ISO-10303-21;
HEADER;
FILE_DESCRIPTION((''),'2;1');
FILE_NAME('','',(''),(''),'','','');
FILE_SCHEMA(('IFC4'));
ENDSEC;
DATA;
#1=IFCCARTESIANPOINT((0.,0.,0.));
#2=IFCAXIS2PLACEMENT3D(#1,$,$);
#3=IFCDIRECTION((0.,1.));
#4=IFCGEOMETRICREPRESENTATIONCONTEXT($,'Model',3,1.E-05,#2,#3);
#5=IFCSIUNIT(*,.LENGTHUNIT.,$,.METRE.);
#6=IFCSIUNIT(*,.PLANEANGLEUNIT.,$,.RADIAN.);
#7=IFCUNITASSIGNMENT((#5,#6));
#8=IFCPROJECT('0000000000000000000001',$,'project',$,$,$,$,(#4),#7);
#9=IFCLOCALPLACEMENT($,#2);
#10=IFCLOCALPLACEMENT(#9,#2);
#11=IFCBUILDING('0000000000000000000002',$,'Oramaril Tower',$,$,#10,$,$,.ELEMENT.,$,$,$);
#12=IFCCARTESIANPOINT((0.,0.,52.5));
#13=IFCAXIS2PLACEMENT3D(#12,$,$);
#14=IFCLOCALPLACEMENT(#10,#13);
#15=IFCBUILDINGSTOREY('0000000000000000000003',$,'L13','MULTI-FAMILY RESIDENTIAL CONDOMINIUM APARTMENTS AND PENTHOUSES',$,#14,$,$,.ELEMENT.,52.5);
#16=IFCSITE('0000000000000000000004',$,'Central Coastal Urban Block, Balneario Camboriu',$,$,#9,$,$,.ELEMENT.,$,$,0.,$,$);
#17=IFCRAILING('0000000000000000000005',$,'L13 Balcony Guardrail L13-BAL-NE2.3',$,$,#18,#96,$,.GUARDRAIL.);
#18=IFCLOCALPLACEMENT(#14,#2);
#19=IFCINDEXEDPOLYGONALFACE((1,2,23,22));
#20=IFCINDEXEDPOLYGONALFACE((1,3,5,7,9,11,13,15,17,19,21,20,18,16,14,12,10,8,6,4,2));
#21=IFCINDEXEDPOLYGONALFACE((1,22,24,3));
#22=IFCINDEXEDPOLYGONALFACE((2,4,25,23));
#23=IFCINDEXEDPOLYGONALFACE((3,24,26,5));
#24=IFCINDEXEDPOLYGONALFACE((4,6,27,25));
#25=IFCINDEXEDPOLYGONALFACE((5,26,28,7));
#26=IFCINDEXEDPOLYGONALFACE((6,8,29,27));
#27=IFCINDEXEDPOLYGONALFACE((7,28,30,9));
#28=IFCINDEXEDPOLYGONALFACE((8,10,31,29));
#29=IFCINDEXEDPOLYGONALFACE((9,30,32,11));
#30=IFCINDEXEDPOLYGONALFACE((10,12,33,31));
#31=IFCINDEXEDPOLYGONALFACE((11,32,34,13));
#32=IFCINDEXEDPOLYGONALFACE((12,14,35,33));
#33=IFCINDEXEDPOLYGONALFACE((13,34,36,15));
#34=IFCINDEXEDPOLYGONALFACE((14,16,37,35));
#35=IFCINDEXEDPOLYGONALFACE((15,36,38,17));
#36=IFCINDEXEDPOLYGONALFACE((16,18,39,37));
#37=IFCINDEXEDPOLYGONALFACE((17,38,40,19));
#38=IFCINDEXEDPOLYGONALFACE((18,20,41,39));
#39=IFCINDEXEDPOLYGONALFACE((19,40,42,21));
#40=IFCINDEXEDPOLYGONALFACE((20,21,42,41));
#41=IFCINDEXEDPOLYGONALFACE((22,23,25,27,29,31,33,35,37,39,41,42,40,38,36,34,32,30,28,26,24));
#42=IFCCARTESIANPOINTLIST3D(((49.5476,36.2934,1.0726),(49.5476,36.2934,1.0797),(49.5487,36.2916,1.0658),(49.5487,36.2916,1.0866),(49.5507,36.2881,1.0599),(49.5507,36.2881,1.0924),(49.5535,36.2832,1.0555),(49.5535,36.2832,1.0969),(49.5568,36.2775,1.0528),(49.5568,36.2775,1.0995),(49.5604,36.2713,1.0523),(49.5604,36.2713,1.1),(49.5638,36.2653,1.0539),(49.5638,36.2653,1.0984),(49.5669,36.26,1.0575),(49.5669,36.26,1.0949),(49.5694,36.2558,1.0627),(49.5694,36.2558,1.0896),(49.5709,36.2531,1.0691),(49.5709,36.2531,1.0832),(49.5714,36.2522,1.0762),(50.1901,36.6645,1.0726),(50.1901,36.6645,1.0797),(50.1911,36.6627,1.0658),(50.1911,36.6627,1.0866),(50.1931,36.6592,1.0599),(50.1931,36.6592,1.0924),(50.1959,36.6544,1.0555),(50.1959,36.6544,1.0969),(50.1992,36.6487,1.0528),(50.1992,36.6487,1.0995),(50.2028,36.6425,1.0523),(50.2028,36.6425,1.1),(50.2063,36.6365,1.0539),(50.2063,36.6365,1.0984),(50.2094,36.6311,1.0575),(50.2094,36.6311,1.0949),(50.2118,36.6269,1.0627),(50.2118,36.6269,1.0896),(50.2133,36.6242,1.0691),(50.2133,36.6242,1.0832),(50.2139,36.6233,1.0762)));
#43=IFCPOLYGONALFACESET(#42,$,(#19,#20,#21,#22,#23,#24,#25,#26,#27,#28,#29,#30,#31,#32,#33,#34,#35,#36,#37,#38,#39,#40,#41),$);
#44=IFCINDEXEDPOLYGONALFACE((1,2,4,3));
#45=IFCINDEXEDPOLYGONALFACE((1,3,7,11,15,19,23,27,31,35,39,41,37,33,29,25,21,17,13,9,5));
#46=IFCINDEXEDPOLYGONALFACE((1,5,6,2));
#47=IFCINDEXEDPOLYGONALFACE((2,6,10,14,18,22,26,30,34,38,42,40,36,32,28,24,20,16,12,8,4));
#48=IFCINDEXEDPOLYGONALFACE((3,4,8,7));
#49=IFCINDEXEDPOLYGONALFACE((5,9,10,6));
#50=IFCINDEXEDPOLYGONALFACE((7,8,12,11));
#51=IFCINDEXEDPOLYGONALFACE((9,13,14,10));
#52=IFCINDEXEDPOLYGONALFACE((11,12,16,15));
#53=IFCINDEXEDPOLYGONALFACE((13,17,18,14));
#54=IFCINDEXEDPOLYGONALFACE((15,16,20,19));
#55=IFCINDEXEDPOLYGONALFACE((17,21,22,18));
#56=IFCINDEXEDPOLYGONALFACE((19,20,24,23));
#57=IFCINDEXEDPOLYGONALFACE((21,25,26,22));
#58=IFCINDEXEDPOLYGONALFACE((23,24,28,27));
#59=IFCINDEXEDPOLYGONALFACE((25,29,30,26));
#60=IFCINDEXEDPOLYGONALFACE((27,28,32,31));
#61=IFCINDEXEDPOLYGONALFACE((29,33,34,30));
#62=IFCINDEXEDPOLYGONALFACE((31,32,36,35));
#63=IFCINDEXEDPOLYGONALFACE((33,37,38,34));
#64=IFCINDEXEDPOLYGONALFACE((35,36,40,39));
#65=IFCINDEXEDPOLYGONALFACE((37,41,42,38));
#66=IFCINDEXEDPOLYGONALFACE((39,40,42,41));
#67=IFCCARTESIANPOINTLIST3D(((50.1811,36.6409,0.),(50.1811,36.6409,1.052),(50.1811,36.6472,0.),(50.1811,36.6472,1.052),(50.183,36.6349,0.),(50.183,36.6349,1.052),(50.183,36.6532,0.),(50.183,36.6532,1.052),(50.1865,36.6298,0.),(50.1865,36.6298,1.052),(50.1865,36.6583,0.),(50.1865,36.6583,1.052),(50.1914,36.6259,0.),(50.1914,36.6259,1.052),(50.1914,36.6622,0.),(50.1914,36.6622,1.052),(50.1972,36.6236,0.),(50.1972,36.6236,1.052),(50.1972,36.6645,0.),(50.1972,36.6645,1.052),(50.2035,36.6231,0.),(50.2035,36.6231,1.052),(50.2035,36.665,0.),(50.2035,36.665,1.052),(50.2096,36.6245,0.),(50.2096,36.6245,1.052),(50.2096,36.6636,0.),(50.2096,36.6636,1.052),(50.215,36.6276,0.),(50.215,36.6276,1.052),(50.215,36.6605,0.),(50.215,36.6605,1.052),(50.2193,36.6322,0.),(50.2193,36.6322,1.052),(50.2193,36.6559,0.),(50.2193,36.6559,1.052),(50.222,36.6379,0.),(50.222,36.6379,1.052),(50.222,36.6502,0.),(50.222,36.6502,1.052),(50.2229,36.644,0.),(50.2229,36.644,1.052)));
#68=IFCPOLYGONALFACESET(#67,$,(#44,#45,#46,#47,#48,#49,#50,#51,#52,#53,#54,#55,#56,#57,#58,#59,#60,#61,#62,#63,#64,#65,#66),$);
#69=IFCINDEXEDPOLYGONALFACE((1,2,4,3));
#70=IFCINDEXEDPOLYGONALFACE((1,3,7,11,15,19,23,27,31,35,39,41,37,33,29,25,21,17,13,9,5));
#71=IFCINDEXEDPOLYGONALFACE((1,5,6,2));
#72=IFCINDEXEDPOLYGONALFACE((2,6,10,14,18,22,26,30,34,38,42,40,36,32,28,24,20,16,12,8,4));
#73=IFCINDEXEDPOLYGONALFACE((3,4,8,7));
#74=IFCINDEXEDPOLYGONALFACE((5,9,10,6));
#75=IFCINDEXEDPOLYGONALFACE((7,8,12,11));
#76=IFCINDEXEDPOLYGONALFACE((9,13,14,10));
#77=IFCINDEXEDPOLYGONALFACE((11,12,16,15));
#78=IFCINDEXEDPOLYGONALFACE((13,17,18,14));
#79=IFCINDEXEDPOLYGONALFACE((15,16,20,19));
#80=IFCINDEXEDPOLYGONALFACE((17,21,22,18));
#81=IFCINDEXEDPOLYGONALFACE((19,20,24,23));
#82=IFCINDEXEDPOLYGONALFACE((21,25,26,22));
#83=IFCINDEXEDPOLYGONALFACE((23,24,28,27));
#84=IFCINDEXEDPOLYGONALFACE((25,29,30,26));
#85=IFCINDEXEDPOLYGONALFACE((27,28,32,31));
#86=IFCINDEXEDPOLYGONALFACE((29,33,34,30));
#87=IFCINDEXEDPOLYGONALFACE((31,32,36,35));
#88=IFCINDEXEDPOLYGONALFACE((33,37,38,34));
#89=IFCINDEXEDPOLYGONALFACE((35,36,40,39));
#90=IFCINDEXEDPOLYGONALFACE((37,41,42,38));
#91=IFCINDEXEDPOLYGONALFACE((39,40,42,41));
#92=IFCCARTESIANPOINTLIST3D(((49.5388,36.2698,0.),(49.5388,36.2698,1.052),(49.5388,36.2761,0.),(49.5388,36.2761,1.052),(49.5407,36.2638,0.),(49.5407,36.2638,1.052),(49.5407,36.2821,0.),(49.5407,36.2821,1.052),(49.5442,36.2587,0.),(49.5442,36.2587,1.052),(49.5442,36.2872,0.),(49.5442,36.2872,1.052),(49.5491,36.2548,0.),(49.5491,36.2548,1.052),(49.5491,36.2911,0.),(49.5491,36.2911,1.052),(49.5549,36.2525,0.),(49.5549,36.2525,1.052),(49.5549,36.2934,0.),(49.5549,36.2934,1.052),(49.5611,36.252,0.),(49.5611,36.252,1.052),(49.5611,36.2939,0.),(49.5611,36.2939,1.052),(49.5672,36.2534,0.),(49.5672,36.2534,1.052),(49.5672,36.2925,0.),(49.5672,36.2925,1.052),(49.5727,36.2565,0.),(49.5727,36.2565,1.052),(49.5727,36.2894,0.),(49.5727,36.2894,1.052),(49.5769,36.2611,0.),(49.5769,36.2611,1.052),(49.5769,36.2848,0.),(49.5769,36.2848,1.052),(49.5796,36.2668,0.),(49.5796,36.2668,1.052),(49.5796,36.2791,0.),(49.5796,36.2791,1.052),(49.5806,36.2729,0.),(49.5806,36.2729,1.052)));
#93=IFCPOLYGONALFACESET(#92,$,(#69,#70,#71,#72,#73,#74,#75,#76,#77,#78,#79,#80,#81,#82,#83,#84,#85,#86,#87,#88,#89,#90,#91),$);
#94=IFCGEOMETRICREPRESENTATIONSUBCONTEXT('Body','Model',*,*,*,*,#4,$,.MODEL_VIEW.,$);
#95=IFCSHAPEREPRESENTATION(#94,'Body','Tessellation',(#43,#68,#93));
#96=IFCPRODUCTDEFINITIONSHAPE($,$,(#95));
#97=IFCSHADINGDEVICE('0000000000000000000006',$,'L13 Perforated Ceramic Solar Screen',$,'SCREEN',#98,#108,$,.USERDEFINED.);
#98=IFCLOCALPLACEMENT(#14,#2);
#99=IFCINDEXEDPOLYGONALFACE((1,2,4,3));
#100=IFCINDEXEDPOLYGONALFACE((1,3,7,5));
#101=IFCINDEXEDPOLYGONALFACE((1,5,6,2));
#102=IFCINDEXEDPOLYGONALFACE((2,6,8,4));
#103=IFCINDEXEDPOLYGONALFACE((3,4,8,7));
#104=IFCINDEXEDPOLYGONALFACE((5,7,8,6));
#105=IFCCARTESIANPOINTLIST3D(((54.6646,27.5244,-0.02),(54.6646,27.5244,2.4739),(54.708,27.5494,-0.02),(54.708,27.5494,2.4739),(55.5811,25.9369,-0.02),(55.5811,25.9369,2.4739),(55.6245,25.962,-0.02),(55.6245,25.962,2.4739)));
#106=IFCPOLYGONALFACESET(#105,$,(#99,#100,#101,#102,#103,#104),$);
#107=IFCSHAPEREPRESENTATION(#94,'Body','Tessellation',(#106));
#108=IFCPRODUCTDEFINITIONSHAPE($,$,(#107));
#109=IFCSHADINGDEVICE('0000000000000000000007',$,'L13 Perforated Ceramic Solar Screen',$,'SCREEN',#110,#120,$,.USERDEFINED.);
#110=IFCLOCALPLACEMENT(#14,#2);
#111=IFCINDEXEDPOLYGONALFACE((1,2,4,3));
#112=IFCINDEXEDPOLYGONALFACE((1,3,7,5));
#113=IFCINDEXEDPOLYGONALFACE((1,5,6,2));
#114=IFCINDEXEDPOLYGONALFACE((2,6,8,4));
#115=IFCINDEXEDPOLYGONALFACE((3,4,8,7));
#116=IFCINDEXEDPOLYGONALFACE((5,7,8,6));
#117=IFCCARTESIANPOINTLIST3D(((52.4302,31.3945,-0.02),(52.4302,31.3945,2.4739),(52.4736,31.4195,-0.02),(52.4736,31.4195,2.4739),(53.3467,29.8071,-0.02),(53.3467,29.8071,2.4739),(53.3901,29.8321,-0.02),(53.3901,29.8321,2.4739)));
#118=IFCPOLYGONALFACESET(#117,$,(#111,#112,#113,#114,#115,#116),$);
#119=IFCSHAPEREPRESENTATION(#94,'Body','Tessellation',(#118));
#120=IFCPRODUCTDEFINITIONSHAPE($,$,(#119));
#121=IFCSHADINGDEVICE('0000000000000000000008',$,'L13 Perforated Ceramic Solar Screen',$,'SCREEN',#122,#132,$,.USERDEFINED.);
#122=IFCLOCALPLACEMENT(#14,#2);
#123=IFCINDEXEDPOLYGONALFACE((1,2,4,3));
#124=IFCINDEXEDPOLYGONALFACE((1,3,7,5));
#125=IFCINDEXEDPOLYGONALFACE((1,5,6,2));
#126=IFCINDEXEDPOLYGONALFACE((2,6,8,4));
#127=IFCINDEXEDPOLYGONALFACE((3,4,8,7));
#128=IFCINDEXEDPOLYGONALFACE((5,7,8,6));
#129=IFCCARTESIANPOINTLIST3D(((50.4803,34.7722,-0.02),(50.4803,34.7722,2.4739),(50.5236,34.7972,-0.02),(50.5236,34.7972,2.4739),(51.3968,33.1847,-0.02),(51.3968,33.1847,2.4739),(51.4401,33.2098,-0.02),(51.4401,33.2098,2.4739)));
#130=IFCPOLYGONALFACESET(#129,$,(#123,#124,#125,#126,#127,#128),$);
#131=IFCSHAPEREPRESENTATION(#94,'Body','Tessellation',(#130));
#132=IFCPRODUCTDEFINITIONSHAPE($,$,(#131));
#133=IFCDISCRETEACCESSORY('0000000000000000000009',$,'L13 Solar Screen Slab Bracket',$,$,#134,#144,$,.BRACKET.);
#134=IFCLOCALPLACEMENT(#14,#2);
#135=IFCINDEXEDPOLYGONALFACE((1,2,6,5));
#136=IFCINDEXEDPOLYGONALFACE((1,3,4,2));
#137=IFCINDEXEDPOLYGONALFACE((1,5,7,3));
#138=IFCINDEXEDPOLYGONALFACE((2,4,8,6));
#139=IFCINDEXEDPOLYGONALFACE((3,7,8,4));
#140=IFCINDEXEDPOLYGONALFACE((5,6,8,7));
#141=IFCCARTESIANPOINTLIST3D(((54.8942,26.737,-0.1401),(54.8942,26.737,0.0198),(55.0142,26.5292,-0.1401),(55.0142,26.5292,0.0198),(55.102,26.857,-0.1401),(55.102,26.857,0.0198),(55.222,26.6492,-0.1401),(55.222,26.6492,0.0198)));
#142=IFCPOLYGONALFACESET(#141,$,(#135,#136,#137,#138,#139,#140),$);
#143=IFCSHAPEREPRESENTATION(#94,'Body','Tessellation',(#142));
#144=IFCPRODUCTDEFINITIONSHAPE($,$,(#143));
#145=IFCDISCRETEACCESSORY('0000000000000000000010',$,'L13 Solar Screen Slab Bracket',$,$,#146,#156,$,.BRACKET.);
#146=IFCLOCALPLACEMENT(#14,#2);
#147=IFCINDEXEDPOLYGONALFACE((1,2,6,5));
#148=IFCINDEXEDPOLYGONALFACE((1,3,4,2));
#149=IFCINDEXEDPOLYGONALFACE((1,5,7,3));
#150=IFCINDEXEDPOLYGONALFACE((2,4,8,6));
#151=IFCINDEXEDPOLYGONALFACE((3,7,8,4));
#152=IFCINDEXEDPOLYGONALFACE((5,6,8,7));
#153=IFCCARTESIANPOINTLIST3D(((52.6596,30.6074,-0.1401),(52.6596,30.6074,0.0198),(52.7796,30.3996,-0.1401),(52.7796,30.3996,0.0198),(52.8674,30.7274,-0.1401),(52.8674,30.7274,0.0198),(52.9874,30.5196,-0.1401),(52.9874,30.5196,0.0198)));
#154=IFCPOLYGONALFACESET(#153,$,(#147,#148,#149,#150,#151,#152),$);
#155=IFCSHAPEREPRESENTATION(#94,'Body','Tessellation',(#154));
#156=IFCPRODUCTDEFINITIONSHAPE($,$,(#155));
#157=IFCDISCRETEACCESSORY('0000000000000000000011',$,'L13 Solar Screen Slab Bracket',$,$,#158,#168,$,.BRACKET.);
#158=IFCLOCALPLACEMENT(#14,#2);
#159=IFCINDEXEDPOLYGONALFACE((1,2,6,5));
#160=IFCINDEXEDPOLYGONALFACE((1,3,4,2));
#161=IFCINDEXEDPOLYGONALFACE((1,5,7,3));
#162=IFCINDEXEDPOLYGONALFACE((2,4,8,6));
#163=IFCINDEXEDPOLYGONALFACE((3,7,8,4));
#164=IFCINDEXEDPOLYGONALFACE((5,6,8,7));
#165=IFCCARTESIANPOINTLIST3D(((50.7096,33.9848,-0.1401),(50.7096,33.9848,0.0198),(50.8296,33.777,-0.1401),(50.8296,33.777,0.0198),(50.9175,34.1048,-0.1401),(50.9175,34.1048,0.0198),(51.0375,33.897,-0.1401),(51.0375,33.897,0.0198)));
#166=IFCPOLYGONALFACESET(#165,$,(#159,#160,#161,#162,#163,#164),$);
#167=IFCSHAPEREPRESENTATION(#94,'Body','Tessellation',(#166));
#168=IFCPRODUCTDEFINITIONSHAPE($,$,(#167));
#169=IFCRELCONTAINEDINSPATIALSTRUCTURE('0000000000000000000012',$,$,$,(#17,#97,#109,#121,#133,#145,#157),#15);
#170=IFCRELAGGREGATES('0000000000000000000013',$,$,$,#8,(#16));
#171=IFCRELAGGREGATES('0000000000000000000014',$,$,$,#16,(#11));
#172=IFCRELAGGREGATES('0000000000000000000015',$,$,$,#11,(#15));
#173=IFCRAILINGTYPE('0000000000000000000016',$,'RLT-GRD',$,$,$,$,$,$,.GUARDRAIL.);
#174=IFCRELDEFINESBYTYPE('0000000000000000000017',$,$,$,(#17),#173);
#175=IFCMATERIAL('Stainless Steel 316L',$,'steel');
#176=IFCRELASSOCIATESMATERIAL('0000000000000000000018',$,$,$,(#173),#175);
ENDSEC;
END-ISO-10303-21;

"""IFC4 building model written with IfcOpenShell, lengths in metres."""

from ifc_helpers import new_model, si_unit, direction, frame, origin, origin_2d, place, context, subcontext, project, spatial, rectangle, circle, extrude, material, type_object, element, save


model = new_model("IFC4")

# Units and contexts
model_context = context("Model", 3, precision=1e-05, world=origin(), true_north=direction((0.0, 1.0)))
body_context = subcontext(model_context, "Body", "Model", "MODEL_VIEW")
ifc_project = project(units=[si_unit("LENGTHUNIT", "METRE"), si_unit("PLANEANGLEUNIT", "RADIAN")], contexts=[model_context])

# Site, building, storey
site_placement = place(None, origin())
site = spatial("IfcSite", under=ifc_project, at=site_placement, Name="Central Coastal Urban Block, Balneario Camboriu", CompositionType="ELEMENT", RefElevation=0.0)
building_placement = place(site_placement, origin())
building = spatial("IfcBuilding", under=site, at=building_placement, Name="Oramaril Tower", CompositionType="ELEMENT")
storey_placement = place(building_placement, frame((0.0, 0.0, 52.5)))
storey = spatial("IfcBuildingStorey", under=building, at=storey_placement, Name="L13", Description="MULTI-FAMILY RESIDENTIAL CONDOMINIUM APARTMENTS AND PENTHOUSES", CompositionType="ELEMENT", Elevation=52.5)

# Railing
ifc_material_1 = material(Name="Stainless Steel 316L", Category="steel")
railing_type = type_object("IfcRailingType", Name="RLT-GRD", PredefinedType="GUARDRAIL", material=ifc_material_1)
railing_1_placement = place(storey_placement, frame((50.2019, 36.644, 0.0)))
element("IfcRailing", 1, at=railing_1_placement, inside=storey, type_object=railing_type, Name="L13 Balcony Guardrail L13-BAL-NE2.3", PredefinedType="GUARDRAIL", context=body_context, shape_type="SweptSolid", body=[
    extrude(circle(Radius=0.0239, at=origin_2d()), frame((0.0, 0.0, 1.0762), z_axis=(-0.865884, -0.500245, 0.0), x_axis=(0.500245, -0.865884, 0.0)), (0.0, 0.0, 1.0), 0.7419),
    extrude(circle(Radius=0.021, at=origin_2d()), origin(), (0.0, 0.0, 1.0), 1.052),
    extrude(circle(Radius=0.021, at=origin_2d()), frame((-0.6423, -0.3711, 0.0)), (0.0, 0.0, 1.0), 1.052),
])

# Shading devices
for number, where, z_axis, x_axis, name in (
    (2, (55.1445, 26.7432, -0.02), (0.0, 0.0, 1.0), (-0.5, 0.866025, 0.0), "L13 Perforated Ceramic Solar Screen"),
    (3, (52.9102, 30.6133, -0.02), (0.0, 0.0, 1.0), (-0.5, 0.866025, 0.0), "L13 Perforated Ceramic Solar Screen"),
    (4, (50.9602, 33.991, -0.02), (0.0, 0.0, 1.0), (-0.5, 0.866025, 0.0), "L13 Perforated Ceramic Solar Screen"),
):
    element("IfcShadingDevice", number, at=place(storey_placement, frame(where, z_axis=z_axis, x_axis=x_axis)), inside=storey, Name=name, ObjectType="SCREEN", PredefinedType="USERDEFINED", context=body_context, shape_type="SweptSolid", body=[
        extrude(rectangle(XDim=1.833, YDim=0.05, at=origin_2d()), origin(), (0.0, 0.0, 1.0), 2.4939),
    ])

# Discrete accessories
for number, where, z_axis, x_axis, name in (
    (5, (55.0581, 26.6931, -0.1401), (0.0, 0.0, 1.0), (-0.5, 0.866025, 0.0), "L13 Solar Screen Slab Bracket"),
    (6, (52.8235, 30.5635, -0.1401), (0.0, 0.0, 1.0), (-0.5, 0.866025, 0.0), "L13 Solar Screen Slab Bracket"),
    (7, (50.8735, 33.9409, -0.1401), (0.0, 0.0, 1.0), (-0.5, 0.866025, 0.0), "L13 Solar Screen Slab Bracket"),
):
    element("IfcDiscreteAccessory", number, at=place(storey_placement, frame(where, z_axis=z_axis, x_axis=x_axis)), inside=storey, Name=name, PredefinedType="BRACKET", context=body_context, shape_type="SweptSolid", body=[
        extrude(rectangle(XDim=0.24, YDim=0.24, at=origin_2d()), origin(), (0.0, 0.0, 1.0), 0.1599),
    ])

save(model, "model.ifc")
